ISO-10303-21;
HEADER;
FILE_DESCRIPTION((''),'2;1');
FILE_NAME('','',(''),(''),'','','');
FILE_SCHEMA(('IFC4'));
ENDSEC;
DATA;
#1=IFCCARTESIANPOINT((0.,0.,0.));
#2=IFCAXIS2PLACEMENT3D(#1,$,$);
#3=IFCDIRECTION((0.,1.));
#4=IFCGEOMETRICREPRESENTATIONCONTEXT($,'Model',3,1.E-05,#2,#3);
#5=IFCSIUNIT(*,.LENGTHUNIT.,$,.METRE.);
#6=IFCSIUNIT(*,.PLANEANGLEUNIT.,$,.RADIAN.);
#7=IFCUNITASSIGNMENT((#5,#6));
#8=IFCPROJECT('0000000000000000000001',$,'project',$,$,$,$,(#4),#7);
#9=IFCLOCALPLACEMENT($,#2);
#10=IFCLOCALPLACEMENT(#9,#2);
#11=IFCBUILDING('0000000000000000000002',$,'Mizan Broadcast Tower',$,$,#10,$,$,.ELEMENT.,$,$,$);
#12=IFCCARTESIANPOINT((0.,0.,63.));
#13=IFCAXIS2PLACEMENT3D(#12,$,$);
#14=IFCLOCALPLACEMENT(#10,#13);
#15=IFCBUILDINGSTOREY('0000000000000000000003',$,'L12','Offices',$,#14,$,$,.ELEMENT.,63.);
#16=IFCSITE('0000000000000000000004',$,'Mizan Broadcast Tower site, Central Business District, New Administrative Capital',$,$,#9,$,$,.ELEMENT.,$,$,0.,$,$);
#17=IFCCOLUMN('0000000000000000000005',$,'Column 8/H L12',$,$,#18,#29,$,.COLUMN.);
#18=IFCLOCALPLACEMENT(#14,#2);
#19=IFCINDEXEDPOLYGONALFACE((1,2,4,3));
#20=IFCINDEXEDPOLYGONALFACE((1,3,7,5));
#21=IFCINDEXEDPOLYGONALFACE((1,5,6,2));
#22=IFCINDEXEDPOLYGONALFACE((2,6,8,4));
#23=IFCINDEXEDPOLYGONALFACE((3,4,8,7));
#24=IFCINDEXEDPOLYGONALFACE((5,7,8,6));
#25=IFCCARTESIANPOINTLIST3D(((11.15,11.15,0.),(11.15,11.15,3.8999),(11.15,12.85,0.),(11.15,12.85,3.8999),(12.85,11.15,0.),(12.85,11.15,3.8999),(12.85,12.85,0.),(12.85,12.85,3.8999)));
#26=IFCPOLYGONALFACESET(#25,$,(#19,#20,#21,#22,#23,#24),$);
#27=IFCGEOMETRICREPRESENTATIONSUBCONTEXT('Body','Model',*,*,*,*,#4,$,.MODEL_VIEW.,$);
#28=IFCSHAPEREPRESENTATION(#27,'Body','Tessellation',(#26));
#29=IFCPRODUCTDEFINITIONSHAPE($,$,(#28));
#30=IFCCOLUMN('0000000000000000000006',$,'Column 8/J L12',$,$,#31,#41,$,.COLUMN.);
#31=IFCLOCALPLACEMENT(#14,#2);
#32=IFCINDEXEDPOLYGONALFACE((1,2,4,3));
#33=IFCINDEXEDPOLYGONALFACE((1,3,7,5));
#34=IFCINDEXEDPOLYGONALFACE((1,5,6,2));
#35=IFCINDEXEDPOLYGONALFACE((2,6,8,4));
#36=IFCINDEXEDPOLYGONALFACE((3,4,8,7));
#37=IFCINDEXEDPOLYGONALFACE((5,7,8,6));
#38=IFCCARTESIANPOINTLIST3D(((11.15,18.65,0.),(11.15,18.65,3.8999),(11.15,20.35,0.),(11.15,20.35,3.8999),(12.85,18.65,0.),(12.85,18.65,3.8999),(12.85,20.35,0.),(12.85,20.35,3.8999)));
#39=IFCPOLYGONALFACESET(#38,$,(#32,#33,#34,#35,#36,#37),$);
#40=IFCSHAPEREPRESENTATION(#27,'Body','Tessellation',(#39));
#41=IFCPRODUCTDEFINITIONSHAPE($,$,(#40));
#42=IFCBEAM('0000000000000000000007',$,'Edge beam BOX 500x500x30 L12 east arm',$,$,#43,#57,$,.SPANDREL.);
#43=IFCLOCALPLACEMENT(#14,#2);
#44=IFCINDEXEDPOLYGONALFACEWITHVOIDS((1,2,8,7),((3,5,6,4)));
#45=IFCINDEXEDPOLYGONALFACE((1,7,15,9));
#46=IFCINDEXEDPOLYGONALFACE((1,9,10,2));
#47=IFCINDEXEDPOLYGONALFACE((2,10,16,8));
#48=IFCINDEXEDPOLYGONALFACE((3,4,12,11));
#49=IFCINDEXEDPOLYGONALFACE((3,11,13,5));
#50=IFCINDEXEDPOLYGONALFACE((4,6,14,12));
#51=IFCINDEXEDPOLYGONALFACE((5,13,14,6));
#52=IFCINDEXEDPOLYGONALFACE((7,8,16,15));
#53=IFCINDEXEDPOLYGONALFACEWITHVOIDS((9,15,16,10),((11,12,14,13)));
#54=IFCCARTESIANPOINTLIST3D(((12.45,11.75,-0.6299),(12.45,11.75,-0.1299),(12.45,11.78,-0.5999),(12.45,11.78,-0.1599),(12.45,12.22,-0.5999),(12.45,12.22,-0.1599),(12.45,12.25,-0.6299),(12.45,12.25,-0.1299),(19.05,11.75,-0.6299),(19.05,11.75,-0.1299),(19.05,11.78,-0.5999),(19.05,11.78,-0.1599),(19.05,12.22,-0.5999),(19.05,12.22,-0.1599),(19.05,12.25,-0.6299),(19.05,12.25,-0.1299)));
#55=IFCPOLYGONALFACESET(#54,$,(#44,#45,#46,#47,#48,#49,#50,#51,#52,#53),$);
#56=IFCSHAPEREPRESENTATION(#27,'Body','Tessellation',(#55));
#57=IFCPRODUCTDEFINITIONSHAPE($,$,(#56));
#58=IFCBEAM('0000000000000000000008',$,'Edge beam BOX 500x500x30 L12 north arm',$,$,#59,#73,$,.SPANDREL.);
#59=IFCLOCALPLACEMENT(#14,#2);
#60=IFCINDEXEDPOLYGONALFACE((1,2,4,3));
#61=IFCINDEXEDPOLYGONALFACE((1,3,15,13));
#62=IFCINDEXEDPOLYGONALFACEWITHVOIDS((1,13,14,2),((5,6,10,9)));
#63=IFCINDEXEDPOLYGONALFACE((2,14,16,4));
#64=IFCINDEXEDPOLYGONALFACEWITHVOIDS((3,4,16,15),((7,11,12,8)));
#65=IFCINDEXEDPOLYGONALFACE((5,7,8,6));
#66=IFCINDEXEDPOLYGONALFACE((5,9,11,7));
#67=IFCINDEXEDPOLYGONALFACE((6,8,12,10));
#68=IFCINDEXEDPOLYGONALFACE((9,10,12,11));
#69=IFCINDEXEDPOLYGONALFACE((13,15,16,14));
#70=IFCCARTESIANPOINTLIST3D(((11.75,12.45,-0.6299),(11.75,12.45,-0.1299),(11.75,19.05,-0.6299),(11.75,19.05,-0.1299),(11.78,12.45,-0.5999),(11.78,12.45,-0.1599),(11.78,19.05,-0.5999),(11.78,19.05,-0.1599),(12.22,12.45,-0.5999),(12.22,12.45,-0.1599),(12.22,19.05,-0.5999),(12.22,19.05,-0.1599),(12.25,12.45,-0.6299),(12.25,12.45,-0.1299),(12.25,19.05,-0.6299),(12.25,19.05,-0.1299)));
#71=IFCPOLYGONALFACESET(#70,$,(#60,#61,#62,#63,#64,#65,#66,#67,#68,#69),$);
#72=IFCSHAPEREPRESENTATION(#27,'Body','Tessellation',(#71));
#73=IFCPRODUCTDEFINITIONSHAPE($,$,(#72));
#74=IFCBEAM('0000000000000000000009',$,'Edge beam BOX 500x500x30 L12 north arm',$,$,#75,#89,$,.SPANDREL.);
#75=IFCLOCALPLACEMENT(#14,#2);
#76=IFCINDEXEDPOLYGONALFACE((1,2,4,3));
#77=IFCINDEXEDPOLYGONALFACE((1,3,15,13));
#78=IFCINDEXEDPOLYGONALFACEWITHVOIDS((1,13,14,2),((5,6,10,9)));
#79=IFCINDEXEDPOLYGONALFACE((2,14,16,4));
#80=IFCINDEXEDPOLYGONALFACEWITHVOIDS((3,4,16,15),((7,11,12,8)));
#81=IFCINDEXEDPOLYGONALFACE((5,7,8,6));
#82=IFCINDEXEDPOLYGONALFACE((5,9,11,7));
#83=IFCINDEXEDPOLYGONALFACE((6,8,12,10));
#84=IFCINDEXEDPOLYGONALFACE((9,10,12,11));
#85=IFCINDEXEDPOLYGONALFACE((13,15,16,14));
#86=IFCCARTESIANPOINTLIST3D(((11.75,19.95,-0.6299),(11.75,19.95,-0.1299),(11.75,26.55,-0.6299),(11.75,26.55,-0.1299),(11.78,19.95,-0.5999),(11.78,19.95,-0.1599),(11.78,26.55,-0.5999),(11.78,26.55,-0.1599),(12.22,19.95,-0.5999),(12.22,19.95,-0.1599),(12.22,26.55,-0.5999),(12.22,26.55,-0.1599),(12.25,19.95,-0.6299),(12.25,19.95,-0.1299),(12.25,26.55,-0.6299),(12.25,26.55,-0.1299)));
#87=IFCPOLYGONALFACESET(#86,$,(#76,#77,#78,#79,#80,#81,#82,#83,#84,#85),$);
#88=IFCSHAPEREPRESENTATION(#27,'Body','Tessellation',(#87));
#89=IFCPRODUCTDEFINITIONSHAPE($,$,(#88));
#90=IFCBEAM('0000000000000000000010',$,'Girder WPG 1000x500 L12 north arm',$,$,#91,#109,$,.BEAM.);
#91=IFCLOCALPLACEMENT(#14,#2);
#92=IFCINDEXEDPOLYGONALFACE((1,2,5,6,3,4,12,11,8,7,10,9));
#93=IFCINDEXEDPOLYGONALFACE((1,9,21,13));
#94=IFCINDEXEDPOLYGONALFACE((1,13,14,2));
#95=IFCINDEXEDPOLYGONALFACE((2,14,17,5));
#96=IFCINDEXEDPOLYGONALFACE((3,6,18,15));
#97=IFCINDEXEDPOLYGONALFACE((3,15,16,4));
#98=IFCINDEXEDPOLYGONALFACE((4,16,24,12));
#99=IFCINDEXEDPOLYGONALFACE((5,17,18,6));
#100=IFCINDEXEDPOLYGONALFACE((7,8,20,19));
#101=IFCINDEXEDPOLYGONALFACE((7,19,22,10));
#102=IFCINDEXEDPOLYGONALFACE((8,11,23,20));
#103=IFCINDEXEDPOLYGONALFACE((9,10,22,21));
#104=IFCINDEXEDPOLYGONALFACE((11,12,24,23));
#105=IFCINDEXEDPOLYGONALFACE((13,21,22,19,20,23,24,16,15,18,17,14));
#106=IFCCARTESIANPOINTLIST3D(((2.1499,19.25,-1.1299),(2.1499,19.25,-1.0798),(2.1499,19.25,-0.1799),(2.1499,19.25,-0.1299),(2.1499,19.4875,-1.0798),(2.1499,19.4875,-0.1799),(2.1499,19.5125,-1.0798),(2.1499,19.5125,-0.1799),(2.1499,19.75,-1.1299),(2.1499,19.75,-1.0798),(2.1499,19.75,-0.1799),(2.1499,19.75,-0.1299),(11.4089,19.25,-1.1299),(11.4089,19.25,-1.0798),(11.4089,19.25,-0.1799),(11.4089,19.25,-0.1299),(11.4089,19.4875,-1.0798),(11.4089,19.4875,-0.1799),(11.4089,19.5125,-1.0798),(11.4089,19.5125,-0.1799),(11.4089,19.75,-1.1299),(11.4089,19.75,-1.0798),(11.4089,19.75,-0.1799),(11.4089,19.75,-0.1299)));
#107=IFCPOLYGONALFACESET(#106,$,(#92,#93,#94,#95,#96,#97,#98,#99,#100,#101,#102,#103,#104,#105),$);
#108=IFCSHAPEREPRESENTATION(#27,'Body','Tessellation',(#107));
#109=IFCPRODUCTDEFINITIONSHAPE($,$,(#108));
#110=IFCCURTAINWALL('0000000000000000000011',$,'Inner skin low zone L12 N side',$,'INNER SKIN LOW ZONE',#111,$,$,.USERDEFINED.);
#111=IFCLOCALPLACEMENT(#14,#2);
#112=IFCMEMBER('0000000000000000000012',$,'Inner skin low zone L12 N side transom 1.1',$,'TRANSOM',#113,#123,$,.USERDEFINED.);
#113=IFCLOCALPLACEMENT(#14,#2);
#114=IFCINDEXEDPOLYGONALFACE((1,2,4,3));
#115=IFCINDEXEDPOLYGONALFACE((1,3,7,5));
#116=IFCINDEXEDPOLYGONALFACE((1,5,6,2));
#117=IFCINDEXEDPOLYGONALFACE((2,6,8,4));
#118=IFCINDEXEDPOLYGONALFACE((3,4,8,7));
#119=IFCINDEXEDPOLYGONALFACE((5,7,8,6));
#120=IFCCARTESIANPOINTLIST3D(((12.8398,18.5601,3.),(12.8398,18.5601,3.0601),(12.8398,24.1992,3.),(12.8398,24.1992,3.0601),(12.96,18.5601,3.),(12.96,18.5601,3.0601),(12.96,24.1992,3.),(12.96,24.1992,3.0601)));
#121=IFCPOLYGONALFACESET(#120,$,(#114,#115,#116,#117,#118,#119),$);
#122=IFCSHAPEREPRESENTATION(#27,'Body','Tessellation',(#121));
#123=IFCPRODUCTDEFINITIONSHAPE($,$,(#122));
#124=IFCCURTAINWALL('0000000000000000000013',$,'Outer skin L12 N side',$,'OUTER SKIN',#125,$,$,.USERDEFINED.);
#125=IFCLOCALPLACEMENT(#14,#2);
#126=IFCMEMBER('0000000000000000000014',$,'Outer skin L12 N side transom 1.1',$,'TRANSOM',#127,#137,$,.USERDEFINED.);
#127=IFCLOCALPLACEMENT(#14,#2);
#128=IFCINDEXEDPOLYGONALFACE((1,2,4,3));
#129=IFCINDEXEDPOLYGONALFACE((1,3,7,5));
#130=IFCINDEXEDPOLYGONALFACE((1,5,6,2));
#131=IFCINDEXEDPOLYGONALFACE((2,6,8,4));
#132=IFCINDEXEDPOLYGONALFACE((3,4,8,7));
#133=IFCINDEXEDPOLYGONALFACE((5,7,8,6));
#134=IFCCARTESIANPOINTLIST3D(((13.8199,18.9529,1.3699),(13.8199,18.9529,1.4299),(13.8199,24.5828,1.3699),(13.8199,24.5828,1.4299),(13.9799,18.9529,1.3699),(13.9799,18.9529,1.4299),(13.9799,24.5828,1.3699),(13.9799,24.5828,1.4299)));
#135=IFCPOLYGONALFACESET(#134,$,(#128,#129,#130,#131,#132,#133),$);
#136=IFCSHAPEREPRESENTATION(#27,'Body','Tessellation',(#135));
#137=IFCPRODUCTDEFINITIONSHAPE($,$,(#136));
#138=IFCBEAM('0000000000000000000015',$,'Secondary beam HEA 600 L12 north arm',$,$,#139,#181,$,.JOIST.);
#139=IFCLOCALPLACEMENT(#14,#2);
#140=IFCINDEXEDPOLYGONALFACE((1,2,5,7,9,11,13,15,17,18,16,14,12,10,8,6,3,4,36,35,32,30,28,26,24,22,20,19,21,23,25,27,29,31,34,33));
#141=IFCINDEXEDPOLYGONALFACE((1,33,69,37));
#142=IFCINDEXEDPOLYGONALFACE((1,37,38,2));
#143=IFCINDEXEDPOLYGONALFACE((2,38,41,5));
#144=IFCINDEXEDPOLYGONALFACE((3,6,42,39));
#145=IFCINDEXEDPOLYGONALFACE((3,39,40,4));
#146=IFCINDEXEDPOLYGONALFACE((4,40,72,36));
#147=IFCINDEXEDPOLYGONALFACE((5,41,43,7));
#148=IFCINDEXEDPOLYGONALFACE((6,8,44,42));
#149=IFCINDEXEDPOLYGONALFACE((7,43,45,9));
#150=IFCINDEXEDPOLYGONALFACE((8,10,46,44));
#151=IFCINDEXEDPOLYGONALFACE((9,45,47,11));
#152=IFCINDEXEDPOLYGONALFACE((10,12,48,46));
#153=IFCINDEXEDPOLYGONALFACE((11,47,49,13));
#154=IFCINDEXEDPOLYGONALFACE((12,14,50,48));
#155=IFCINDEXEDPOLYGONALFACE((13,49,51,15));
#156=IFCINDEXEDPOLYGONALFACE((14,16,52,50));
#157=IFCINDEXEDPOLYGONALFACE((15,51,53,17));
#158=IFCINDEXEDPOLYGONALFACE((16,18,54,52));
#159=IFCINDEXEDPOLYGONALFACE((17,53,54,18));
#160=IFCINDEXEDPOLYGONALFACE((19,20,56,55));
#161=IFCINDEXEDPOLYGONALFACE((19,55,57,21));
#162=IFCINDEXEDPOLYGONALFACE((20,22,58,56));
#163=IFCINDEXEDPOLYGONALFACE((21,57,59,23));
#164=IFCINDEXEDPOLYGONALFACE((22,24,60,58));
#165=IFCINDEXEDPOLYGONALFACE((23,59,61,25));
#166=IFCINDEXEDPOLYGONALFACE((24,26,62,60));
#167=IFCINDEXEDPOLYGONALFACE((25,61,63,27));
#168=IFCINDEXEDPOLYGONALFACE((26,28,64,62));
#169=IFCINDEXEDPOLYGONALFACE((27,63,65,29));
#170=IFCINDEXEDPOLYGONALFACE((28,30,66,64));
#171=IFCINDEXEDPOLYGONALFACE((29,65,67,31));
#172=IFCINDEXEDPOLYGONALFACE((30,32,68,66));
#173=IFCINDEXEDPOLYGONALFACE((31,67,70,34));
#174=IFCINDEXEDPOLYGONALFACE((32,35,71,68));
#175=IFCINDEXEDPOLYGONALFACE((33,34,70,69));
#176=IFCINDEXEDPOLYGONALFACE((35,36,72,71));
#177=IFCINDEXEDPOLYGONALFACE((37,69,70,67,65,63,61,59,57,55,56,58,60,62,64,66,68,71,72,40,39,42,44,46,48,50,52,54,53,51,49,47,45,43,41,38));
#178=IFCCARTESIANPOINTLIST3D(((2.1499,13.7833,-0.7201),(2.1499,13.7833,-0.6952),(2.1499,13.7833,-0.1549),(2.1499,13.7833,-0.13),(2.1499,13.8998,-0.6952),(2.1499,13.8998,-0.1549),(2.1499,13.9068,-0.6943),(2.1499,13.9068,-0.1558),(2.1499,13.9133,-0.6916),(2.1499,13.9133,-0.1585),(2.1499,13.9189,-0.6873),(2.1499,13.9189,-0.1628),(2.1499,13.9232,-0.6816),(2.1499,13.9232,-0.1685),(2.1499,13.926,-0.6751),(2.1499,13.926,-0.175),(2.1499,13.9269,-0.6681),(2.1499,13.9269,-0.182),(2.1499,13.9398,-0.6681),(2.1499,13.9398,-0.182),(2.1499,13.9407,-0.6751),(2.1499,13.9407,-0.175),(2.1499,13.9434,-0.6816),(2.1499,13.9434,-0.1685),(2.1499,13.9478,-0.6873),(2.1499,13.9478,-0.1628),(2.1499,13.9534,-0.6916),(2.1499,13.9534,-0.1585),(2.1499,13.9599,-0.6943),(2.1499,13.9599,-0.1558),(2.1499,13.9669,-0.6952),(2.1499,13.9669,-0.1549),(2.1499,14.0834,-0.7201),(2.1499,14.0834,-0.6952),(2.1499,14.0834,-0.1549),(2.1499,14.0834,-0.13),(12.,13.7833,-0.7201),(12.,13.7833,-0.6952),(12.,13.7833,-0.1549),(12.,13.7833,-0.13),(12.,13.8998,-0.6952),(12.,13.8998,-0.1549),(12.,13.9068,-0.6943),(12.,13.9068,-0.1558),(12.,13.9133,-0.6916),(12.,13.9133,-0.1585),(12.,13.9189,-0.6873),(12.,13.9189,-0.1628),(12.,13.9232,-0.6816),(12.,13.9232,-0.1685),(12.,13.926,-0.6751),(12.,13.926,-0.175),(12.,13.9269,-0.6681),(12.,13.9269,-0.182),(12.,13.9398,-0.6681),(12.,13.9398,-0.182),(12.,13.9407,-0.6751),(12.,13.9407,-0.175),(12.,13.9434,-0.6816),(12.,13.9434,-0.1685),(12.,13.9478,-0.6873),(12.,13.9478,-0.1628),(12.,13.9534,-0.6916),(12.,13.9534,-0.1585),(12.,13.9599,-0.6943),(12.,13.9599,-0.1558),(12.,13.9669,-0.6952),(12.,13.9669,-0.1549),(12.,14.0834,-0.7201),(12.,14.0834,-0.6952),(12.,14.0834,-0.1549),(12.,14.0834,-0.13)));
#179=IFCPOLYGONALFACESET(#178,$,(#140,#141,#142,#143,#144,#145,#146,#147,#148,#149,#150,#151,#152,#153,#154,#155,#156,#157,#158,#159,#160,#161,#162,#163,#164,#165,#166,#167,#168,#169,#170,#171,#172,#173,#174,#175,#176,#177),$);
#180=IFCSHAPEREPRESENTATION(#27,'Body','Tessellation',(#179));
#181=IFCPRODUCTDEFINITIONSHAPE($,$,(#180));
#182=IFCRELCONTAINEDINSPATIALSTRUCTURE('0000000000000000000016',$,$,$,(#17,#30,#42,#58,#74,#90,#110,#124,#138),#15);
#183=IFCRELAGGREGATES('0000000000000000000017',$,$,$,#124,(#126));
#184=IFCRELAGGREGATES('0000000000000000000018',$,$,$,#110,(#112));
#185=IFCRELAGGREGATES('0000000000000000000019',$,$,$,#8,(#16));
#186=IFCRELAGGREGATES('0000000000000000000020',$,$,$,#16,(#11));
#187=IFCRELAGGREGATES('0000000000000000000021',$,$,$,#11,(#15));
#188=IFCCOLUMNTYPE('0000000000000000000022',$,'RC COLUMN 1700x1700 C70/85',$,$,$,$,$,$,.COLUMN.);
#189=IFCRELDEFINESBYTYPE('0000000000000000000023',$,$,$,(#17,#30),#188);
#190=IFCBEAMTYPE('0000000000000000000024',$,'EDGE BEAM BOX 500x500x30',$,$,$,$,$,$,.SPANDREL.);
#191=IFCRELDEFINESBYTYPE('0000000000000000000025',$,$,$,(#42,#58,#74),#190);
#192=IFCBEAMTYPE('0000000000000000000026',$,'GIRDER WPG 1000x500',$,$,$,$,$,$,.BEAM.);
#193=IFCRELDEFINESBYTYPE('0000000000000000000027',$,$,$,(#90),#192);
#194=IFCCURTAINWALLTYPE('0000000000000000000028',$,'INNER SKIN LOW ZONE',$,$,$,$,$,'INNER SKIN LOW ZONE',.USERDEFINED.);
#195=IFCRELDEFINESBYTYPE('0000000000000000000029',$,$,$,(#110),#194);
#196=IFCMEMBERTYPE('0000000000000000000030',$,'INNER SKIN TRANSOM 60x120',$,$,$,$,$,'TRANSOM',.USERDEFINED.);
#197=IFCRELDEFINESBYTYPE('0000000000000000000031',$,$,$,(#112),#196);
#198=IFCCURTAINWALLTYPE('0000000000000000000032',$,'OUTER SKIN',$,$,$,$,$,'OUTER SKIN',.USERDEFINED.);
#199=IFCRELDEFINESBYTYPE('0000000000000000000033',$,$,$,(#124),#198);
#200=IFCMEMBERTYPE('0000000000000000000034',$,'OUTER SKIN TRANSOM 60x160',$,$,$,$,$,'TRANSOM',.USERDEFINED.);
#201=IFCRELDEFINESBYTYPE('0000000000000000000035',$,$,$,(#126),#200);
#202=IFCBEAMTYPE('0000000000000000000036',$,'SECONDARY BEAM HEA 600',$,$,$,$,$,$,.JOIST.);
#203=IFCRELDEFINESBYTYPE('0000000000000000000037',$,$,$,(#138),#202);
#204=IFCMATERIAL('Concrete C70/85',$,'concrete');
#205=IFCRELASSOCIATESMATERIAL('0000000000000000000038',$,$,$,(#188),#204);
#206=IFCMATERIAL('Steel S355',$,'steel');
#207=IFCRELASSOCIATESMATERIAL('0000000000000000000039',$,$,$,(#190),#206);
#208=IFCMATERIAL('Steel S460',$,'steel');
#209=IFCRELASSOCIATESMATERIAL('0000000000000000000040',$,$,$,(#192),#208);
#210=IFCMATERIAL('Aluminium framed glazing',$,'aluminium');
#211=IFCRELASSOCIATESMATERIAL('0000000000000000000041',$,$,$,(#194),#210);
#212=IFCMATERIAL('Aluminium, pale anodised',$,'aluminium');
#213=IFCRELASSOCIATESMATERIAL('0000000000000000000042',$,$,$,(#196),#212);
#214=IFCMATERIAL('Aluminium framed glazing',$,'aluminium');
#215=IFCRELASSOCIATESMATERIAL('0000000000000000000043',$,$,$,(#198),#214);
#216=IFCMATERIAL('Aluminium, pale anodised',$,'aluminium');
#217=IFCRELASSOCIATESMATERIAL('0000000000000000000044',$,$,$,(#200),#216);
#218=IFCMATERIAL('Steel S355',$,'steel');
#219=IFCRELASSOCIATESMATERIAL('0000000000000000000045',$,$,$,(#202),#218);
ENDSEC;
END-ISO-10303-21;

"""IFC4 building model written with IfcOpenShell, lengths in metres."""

from ifc_helpers import new_model, si_unit, direction, frame, origin, origin_2d, place, context, subcontext, project, spatial, rectangle, hollow_rectangle, i_section, extrude, material, material_profile, profile_set, type_object, element, aggregate, save


model = new_model("IFC4")

# Units and contexts
model_context = context("Model", 3, precision=1e-05, world=origin(), true_north=direction((0.0, 1.0)))
body_context = subcontext(model_context, "Body", "Model", "MODEL_VIEW")
ifc_project = project(units=[si_unit("LENGTHUNIT", "METRE"), si_unit("PLANEANGLEUNIT", "RADIAN")], contexts=[model_context])

# Site, building, storey
site_placement = place(None, origin())
site = spatial("IfcSite", under=ifc_project, at=site_placement, Name="Mizan Broadcast Tower site, Central Business District, New Administrative Capital", CompositionType="ELEMENT", RefElevation=0.0)
building_placement = place(site_placement, origin())
building = spatial("IfcBuilding", under=site, at=building_placement, Name="Mizan Broadcast Tower", CompositionType="ELEMENT")
storey_placement = place(building_placement, frame((0.0, 0.0, 63.0)))
storey = spatial("IfcBuildingStorey", under=building, at=storey_placement, Name="L12", Description="Offices", CompositionType="ELEMENT", Elevation=63.0)

# Columns
ifc_material_1 = material(Name="Concrete C70/85", Category="concrete")
ifc_material_profile_1 = material_profile(ifc_material_1, rectangle(XDim=1.7, YDim=1.7, at=origin_2d()), Name="RC 1700x1700")
ifc_profile_set_1 = profile_set([ifc_material_profile_1], Name="Concrete C70/85")
column_type = type_object("IfcColumnType", Name="RC COLUMN 1700x1700 C70/85", PredefinedType="COLUMN", material=ifc_profile_set_1)
for number, where, z_axis, x_axis, name in (
    (1, (12.0, 12.0, 0.0), (0.0, 0.0, 1.0), (1.0, 0.0, 0.0), "Column 8/H L12"),
    (2, (12.0, 19.5, 0.0), (0.0, 0.0, 1.0), (1.0, 0.0, 0.0), "Column 8/J L12"),
):
    element("IfcColumn", number, at=place(storey_placement, frame(where, z_axis=z_axis, x_axis=x_axis)), inside=storey, type_object=column_type, Name=name, PredefinedType="COLUMN", context=body_context, shape_type="SweptSolid", body=[
        extrude(rectangle(XDim=1.7, YDim=1.7, at=origin_2d()), origin(), (0.0, 0.0, 1.0), 3.8999),
    ])

# Beams
ifc_material_2 = material(Name="Steel S355", Category="steel")
ifc_material_profile_2 = material_profile(ifc_material_2, hollow_rectangle(XDim=0.5, YDim=0.5, WallThickness=0.03, at=origin_2d()), Name="BOX 500x500x30")
ifc_profile_set_2 = profile_set([ifc_material_profile_2], Name="Steel S355")
beam_type_1 = type_object("IfcBeamType", Name="EDGE BEAM BOX 500x500x30", PredefinedType="SPANDREL", material=ifc_profile_set_2)
for number, where, z_axis, x_axis, name in (
    (3, (12.45, 12.0, -0.3799), (1.0, 0.0, 0.0), (0.0, 1.0, 0.0), "Edge beam BOX 500x500x30 L12 east arm"),
    (4, (12.0, 12.45, -0.3799), (0.0, 1.0, 0.0), (-1.0, 0.0, 0.0), "Edge beam BOX 500x500x30 L12 north arm"),
    (5, (12.0, 19.95, -0.3799), (0.0, 1.0, 0.0), (-1.0, 0.0, 0.0), "Edge beam BOX 500x500x30 L12 north arm"),
):
    element("IfcBeam", number, at=place(storey_placement, frame(where, z_axis=z_axis, x_axis=x_axis)), inside=storey, type_object=beam_type_1, Name=name, PredefinedType="SPANDREL", context=body_context, shape_type="SweptSolid", body=[
        extrude(hollow_rectangle(XDim=0.5, YDim=0.5, WallThickness=0.03, at=origin_2d()), origin(), (0.0, 0.0, 1.0), 6.6001),
    ])
ifc_material_3 = material(Name="Steel S460", Category="steel")
ifc_material_profile_3 = material_profile(ifc_material_3, i_section(OverallWidth=0.5, OverallDepth=1.0, WebThickness=0.0249, FlangeThickness=0.05, at=origin_2d()), Name="WPG 1000x500")
ifc_profile_set_3 = profile_set([ifc_material_profile_3], Name="Steel S460")
beam_type_2 = type_object("IfcBeamType", Name="GIRDER WPG 1000x500", PredefinedType="BEAM", material=ifc_profile_set_3)
beam_1_placement = place(storey_placement, frame((11.4089, 19.5, -0.6299), z_axis=(-1.0, 0.0, 0.0), x_axis=(0.0, -1.0, 0.0)))
element("IfcBeam", 6, at=beam_1_placement, inside=storey, type_object=beam_type_2, Name="Girder WPG 1000x500 L12 north arm", PredefinedType="BEAM", context=body_context, shape_type="SweptSolid", body=[
    extrude(i_section(OverallWidth=0.5, OverallDepth=1.0, WebThickness=0.0249, FlangeThickness=0.05, at=origin_2d()), origin(), (0.0, 0.0, 1.0), 9.259),
])

# Curtain walls, members
ifc_material_4 = material(Name="Aluminium framed glazing", Category="aluminium")
curtain_wall_type_1 = type_object("IfcCurtainWallType", Name="INNER SKIN LOW ZONE", ElementType="INNER SKIN LOW ZONE", PredefinedType="USERDEFINED", material=ifc_material_4)
curtain_wall_1_placement = place(storey_placement, origin())
curtain_wall_1 = element("IfcCurtainWall", 7, at=curtain_wall_1_placement, inside=storey, type_object=curtain_wall_type_1, Name="Inner skin low zone L12 N side", ObjectType="INNER SKIN LOW ZONE", PredefinedType="USERDEFINED")
ifc_material_5 = material(Name="Aluminium, pale anodised", Category="aluminium")
ifc_material_profile_4 = material_profile(ifc_material_5, rectangle(XDim=0.1201, YDim=0.0601, at=origin_2d()), Name="TRANSOM 120x60")
ifc_profile_set_4 = profile_set([ifc_material_profile_4], Name="Aluminium, pale anodised")
member_type_1 = type_object("IfcMemberType", Name="INNER SKIN TRANSOM 60x120", ElementType="TRANSOM", PredefinedType="USERDEFINED", material=ifc_profile_set_4)
member_1_placement = place(storey_placement, frame((12.8999, 18.5601, 3.03), z_axis=(0.0, 1.0, 0.0), x_axis=(-1.0, 0.0, 0.0)))
member_1 = element("IfcMember", 8, at=member_1_placement, type_object=member_type_1, Name="Inner skin low zone L12 N side transom 1.1", ObjectType="TRANSOM", PredefinedType="USERDEFINED", context=body_context, shape_type="SweptSolid", body=[
    extrude(rectangle(XDim=0.1201, YDim=0.0601, at=origin_2d()), origin(), (0.0, 0.0, 1.0), 5.6392),
])
ifc_material_6 = material(Name="Aluminium framed glazing", Category="aluminium")
curtain_wall_type_2 = type_object("IfcCurtainWallType", Name="OUTER SKIN", ElementType="OUTER SKIN", PredefinedType="USERDEFINED", material=ifc_material_6)
curtain_wall_2_placement = place(storey_placement, origin())
curtain_wall_2 = element("IfcCurtainWall", 9, at=curtain_wall_2_placement, inside=storey, type_object=curtain_wall_type_2, Name="Outer skin L12 N side", ObjectType="OUTER SKIN", PredefinedType="USERDEFINED")
ifc_material_7 = material(Name="Aluminium, pale anodised", Category="aluminium")
ifc_material_profile_5 = material_profile(ifc_material_7, rectangle(XDim=0.1599, YDim=0.0601, at=origin_2d()), Name="TRANSOM 160x60")
ifc_profile_set_5 = profile_set([ifc_material_profile_5], Name="Aluminium, pale anodised")
member_type_2 = type_object("IfcMemberType", Name="OUTER SKIN TRANSOM 60x160", ElementType="TRANSOM", PredefinedType="USERDEFINED", material=ifc_profile_set_5)
member_2_placement = place(storey_placement, frame((13.8999, 18.9529, 1.3999), z_axis=(0.0, 1.0, 0.0), x_axis=(-1.0, 0.0, 0.0)))
member_2 = element("IfcMember", 10, at=member_2_placement, type_object=member_type_2, Name="Outer skin L12 N side transom 1.1", ObjectType="TRANSOM", PredefinedType="USERDEFINED", context=body_context, shape_type="SweptSolid", body=[
    extrude(rectangle(XDim=0.1599, YDim=0.0601, at=origin_2d()), origin(), (0.0, 0.0, 1.0), 5.6299),
])
aggregate(curtain_wall_2, [member_2])

# Beam
ifc_material_8 = material(Name="Steel S355", Category="steel")
ifc_material_profile_6 = material_profile(ifc_material_8, i_section(OverallWidth=0.3, OverallDepth=0.5901, WebThickness=0.0129, FlangeThickness=0.0249, FilletRadius=0.0271, at=origin_2d()), Name="HEA 600")
ifc_profile_set_6 = profile_set([ifc_material_profile_6], Name="Steel S355")
beam_type_3 = type_object("IfcBeamType", Name="SECONDARY BEAM HEA 600", PredefinedType="JOIST", material=ifc_profile_set_6)
for number, where, z_axis, x_axis, name in (
    (11, (12.0, 13.9333, -0.425), (-1.0, 0.0, 0.0), (0.0, -1.0, 0.0), "Secondary beam HEA 600 L12 north arm"),
):
    element("IfcBeam", number, at=place(storey_placement, frame(where, z_axis=z_axis, x_axis=x_axis)), inside=storey, type_object=beam_type_3, Name=name, PredefinedType="JOIST", context=body_context, shape_type="SweptSolid", body=[
        extrude(i_section(OverallWidth=0.3, OverallDepth=0.5901, WebThickness=0.0129, FlangeThickness=0.0249, FilletRadius=0.0271, at=origin_2d()), origin(), (0.0, 0.0, 1.0), 9.8501),
    ])

aggregate(curtain_wall_1, [member_1])

save(model, "model.ifc")
